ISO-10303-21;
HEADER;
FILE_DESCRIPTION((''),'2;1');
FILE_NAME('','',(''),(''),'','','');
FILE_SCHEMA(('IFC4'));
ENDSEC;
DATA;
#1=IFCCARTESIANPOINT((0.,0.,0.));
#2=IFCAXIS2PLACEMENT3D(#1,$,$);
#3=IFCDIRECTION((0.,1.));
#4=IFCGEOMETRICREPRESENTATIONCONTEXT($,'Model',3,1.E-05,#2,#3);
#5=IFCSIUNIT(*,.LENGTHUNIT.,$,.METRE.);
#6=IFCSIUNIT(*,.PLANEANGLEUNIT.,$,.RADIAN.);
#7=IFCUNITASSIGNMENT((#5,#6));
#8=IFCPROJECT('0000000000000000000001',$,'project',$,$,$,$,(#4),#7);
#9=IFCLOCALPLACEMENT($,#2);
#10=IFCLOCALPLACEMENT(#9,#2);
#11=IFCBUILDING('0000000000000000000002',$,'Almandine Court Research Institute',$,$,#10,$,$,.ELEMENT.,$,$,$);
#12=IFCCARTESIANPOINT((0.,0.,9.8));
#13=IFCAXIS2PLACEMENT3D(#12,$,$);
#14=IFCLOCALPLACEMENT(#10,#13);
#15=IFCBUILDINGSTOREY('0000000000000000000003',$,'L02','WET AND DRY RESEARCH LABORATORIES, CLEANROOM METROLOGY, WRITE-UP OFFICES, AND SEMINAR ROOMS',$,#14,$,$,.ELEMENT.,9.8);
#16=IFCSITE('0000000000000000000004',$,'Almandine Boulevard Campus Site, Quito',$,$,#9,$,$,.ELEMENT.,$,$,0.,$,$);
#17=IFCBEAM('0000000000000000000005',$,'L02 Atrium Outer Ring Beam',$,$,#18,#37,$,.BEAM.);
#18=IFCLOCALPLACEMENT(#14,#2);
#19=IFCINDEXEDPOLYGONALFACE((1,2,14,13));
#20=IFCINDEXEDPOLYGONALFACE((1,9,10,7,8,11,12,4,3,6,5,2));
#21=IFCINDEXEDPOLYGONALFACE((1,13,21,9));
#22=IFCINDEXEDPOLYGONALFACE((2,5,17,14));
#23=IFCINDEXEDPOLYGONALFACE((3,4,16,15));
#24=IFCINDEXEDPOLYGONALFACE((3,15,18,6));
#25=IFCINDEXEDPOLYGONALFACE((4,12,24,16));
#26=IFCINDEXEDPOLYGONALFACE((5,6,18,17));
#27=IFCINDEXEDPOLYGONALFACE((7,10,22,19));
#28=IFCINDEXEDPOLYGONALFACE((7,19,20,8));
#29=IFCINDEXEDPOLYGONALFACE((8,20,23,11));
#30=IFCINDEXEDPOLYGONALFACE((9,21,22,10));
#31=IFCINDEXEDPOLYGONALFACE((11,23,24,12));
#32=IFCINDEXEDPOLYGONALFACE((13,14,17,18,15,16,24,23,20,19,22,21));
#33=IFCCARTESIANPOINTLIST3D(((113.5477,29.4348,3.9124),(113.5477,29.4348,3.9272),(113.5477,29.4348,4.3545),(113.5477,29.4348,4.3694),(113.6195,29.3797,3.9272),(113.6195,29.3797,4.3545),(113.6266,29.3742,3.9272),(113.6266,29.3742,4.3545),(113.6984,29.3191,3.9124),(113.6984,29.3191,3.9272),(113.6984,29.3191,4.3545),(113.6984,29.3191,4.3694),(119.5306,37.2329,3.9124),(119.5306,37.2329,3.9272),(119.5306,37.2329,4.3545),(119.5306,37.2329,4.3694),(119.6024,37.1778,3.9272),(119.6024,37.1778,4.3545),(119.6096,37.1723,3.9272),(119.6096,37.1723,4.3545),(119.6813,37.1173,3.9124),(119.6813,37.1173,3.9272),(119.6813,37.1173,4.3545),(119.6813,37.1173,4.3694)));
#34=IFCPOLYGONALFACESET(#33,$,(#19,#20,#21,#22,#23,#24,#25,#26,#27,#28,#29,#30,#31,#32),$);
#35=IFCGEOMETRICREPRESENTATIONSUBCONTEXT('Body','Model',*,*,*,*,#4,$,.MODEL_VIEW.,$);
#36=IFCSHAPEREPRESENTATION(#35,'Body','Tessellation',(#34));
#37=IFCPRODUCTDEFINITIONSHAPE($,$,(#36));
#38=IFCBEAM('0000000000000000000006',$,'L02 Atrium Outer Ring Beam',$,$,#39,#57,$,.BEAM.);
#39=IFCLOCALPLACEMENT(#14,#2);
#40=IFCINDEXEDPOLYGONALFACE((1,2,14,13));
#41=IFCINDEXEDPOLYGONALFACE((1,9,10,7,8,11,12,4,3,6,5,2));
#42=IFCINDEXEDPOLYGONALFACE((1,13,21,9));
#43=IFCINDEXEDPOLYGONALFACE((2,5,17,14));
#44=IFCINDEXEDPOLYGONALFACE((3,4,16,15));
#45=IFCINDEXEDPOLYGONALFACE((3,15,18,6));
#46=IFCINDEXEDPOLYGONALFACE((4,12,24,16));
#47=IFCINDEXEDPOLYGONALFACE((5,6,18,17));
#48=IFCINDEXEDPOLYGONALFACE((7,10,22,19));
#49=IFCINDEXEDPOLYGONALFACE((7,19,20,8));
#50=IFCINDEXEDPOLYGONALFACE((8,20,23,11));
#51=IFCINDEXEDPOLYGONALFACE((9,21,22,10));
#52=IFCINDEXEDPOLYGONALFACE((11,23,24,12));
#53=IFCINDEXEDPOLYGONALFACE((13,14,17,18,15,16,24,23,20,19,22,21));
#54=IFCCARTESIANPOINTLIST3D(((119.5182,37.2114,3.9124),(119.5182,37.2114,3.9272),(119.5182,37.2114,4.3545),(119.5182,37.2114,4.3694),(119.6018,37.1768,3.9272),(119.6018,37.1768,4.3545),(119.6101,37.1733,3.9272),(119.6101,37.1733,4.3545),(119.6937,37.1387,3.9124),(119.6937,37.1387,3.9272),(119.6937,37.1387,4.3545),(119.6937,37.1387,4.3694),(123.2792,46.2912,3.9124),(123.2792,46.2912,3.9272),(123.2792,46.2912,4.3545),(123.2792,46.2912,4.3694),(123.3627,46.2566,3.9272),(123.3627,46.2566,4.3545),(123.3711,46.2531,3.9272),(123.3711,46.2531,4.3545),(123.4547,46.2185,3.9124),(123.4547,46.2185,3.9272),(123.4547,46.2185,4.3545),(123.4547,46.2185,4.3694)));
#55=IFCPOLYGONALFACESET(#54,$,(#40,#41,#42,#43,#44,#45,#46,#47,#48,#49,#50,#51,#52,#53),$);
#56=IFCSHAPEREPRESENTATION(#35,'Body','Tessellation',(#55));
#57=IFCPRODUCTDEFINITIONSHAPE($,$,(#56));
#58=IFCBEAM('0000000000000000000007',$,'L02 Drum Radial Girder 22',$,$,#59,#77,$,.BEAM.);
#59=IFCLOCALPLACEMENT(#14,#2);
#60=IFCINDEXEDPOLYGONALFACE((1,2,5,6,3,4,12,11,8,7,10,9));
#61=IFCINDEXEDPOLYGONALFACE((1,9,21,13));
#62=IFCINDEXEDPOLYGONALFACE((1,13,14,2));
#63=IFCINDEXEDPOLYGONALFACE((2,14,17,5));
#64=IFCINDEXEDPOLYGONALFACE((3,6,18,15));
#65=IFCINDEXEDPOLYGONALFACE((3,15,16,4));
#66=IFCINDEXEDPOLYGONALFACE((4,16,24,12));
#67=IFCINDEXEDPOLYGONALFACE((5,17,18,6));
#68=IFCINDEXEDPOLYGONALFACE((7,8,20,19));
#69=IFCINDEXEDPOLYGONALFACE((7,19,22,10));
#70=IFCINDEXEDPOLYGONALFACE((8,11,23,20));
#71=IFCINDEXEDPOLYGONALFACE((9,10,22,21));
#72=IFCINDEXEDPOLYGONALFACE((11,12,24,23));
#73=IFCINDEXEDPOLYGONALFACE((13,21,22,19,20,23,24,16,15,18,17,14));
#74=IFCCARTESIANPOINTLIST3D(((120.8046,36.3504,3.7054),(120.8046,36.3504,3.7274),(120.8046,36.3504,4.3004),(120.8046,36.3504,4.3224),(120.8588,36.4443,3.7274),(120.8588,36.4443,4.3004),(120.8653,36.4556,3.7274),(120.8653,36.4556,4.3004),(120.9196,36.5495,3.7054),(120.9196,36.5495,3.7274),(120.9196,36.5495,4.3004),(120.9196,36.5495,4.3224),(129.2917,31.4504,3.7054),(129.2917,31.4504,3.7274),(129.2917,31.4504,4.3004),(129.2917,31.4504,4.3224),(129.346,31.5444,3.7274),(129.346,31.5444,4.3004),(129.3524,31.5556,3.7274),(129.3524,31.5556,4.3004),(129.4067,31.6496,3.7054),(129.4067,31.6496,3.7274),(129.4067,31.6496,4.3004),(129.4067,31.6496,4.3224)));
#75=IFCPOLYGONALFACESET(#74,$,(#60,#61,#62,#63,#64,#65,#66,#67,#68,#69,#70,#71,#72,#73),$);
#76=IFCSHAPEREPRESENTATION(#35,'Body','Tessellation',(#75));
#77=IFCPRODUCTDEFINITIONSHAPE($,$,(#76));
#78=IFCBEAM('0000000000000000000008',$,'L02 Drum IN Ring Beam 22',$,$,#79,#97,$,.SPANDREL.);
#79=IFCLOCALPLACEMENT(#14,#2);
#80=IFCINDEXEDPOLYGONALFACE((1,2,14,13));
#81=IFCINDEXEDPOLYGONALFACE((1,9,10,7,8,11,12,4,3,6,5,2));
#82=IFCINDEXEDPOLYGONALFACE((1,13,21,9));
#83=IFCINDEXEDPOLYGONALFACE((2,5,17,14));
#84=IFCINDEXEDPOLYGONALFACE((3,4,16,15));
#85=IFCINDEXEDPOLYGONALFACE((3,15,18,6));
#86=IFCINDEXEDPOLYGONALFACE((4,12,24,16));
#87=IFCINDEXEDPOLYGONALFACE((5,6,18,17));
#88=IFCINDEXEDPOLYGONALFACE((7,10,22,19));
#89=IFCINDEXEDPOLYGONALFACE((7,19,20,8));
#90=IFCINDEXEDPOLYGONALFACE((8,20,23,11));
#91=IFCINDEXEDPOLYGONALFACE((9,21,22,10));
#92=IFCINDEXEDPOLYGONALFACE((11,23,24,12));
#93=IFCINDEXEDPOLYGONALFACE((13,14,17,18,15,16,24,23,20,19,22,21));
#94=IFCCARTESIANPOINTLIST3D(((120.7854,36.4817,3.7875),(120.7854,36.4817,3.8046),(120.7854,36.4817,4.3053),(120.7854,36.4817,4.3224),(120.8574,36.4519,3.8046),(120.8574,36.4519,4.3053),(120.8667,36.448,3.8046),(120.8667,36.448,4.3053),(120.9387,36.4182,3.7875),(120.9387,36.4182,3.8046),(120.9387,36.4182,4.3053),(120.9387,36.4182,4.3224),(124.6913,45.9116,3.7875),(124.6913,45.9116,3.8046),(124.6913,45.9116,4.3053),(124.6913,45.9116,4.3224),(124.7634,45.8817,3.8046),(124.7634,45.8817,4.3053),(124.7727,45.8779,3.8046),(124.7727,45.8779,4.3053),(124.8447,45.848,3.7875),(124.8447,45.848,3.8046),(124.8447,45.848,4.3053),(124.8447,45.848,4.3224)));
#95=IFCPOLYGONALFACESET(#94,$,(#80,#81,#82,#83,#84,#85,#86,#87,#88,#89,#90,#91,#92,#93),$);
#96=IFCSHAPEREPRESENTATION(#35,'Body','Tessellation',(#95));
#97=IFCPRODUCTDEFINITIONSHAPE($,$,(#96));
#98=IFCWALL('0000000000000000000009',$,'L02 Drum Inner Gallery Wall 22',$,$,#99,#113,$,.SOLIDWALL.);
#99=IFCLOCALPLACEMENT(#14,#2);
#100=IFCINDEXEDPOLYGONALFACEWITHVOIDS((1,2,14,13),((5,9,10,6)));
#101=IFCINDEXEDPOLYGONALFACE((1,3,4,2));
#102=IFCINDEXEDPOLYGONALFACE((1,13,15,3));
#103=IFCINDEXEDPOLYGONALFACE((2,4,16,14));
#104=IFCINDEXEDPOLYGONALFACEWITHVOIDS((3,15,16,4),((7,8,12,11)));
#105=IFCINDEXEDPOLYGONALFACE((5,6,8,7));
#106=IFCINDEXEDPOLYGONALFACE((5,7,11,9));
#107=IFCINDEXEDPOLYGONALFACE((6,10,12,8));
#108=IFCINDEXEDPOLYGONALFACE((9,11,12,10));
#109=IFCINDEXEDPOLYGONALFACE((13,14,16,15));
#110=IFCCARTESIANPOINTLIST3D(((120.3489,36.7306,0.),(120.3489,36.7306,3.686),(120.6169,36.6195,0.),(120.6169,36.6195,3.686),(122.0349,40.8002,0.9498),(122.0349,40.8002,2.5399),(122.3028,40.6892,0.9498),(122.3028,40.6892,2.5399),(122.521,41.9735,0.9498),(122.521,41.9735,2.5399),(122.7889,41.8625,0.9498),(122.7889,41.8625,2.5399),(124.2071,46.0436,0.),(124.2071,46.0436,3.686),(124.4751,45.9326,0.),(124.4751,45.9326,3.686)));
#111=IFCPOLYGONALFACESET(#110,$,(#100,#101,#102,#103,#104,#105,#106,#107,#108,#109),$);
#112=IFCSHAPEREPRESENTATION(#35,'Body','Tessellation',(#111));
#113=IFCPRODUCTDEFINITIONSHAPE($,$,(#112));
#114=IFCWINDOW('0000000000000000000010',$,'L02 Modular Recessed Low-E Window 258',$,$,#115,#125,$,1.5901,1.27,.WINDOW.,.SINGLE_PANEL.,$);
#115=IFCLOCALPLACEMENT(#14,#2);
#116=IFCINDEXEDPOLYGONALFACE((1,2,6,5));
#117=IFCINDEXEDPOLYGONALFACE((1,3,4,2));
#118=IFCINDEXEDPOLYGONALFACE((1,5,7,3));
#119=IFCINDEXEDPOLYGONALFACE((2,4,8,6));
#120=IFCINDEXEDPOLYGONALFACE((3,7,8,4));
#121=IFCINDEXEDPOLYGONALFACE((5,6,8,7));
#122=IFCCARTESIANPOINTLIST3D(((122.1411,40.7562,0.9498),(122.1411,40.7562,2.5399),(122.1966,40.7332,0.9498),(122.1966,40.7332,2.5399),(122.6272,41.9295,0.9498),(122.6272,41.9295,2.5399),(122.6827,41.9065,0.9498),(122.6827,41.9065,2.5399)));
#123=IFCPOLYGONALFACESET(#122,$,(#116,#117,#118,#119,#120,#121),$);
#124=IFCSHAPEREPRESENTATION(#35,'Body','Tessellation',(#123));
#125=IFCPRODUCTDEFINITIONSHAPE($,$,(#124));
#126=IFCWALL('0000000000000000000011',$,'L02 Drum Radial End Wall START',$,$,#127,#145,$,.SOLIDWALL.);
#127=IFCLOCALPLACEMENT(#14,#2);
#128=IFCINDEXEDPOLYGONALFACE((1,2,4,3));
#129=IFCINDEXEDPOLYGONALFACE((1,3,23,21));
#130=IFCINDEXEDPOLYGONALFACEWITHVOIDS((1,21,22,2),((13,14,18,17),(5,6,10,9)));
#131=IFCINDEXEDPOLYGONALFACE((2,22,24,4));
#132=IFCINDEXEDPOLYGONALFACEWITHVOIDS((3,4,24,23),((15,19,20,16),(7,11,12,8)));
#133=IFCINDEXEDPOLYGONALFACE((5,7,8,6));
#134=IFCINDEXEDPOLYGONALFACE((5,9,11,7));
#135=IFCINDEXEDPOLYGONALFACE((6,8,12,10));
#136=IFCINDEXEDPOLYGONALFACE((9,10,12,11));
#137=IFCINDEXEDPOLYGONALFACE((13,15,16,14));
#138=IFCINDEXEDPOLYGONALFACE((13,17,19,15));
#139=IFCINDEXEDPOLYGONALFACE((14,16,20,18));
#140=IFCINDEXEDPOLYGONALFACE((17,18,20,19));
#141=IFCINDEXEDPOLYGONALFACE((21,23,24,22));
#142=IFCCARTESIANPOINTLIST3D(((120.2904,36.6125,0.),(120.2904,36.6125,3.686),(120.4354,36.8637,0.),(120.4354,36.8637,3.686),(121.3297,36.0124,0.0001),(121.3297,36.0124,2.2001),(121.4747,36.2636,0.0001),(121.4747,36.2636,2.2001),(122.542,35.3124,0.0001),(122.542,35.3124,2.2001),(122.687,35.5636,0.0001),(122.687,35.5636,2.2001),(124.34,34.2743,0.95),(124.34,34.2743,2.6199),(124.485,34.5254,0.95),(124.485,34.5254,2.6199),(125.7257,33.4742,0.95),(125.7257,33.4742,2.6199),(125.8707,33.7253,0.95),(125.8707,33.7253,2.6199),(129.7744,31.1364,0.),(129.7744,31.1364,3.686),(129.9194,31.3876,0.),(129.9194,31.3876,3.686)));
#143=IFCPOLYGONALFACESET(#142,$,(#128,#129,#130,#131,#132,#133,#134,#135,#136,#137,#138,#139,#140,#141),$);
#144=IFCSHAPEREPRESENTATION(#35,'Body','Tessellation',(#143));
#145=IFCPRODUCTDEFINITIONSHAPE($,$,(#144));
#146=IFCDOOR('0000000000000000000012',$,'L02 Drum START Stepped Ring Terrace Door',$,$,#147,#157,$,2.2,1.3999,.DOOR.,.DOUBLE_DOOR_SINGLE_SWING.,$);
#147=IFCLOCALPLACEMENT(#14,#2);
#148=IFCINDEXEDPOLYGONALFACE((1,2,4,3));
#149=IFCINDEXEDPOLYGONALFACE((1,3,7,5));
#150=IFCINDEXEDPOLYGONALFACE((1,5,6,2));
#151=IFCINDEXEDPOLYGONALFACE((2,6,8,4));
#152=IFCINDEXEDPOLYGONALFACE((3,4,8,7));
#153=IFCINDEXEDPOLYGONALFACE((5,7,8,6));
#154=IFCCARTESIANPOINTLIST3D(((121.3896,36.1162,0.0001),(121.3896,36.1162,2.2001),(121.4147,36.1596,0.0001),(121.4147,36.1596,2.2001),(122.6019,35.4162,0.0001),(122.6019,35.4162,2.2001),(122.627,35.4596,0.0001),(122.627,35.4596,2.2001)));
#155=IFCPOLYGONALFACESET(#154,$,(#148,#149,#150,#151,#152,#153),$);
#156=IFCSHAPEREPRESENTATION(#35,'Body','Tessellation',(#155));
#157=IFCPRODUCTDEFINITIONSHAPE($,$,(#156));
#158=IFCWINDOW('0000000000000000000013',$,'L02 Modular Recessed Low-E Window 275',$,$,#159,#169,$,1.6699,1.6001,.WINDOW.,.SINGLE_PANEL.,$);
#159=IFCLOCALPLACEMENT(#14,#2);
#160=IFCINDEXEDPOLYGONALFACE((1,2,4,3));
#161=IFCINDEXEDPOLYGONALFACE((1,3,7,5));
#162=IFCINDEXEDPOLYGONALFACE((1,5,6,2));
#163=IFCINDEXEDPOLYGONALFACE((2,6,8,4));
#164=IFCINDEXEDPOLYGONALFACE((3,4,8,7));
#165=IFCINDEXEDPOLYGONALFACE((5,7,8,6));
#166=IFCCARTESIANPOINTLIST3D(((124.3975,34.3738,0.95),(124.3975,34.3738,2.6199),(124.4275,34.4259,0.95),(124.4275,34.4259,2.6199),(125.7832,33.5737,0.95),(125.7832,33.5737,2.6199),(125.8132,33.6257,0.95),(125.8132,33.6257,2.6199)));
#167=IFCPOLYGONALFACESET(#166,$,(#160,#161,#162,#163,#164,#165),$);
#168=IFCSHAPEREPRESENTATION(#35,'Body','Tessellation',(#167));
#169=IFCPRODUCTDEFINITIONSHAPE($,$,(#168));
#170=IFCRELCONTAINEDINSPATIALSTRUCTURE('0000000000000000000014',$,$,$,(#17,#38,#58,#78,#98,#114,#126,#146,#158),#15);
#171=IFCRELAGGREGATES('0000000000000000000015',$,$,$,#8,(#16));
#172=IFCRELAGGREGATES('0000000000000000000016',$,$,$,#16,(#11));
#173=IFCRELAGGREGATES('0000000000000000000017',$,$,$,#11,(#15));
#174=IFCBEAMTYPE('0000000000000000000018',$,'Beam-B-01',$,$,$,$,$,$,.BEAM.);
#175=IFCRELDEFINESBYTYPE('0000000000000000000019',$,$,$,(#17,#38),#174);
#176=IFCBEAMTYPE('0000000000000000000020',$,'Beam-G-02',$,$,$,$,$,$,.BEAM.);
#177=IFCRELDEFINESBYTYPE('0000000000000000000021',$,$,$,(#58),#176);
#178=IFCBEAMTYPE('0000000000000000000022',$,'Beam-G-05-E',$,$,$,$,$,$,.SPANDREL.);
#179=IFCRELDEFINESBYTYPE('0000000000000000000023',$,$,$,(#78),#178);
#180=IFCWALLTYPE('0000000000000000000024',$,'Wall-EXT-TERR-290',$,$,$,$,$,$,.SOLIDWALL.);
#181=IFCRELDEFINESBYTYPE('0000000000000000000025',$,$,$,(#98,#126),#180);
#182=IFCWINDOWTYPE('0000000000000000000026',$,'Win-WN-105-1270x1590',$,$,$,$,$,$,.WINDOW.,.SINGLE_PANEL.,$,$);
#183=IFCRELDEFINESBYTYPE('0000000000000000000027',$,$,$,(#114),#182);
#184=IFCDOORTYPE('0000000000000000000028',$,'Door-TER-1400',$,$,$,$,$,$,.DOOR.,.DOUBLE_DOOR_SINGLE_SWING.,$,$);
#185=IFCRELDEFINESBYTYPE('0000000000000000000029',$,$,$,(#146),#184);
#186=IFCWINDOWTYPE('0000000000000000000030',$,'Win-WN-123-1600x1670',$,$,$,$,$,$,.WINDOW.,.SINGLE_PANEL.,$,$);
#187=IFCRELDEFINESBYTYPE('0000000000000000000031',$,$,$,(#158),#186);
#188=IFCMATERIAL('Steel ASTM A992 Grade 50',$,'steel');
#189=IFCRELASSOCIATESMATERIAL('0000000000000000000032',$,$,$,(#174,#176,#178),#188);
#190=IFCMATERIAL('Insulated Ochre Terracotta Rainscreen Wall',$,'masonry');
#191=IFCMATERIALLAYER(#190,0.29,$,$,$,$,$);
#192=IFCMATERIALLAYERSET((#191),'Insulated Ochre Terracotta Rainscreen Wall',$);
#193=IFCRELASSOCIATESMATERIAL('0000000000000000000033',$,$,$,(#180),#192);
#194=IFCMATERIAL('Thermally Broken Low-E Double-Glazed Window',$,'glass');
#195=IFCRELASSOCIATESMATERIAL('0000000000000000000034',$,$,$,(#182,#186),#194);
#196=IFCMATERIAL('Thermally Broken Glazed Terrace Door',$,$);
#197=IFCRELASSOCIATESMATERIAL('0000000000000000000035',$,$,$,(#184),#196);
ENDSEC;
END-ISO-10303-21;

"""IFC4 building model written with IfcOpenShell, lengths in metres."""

from ifc_helpers import new_model, si_unit, direction, frame, frame_2d, origin, origin_2d, place, context, subcontext, project, spatial, rectangle, i_section, extrude, material, layer, layer_set, material_profile, profile_set, type_object, element, fill, save


model = new_model("IFC4")

# Units and contexts
model_context = context("Model", 3, precision=1e-05, world=origin(), true_north=direction((0.0, 1.0)))
body_context = subcontext(model_context, "Body", "Model", "MODEL_VIEW")
ifc_project = project(units=[si_unit("LENGTHUNIT", "METRE"), si_unit("PLANEANGLEUNIT", "RADIAN")], contexts=[model_context])

# Site, building, storey
site_placement = place(None, origin())
site = spatial("IfcSite", under=ifc_project, at=site_placement, Name="Almandine Boulevard Campus Site, Quito", CompositionType="ELEMENT", RefElevation=0.0)
building_placement = place(site_placement, origin())
building = spatial("IfcBuilding", under=site, at=building_placement, Name="Almandine Court Research Institute", CompositionType="ELEMENT")
storey_placement = place(building_placement, frame((0.0, 0.0, 9.8)))
storey = spatial("IfcBuildingStorey", under=building, at=storey_placement, Name="L02", Description="WET AND DRY RESEARCH LABORATORIES, CLEANROOM METROLOGY, WRITE-UP OFFICES, AND SEMINAR ROOMS", CompositionType="ELEMENT", Elevation=9.8)

# Shared definitions
ifc_material_1 = material(Name="Steel ASTM A992 Grade 50", Category="steel")

# Beams
ifc_material_profile_1 = material_profile(ifc_material_1, i_section(OverallWidth=0.1899, OverallDepth=0.457, WebThickness=0.009, FlangeThickness=0.0149, at=origin_2d()), Name="W460x74")
ifc_profile_set_1 = profile_set([ifc_material_profile_1], Name="Steel ASTM A992 Grade 50")
beam_type_1 = type_object("IfcBeamType", Name="Beam-B-01", PredefinedType="BEAM", material=ifc_profile_set_1)
for number, where, z_axis, x_axis, name in (
    (1, (113.623, 29.377, 4.1409), (0.608712, 0.793392, 0.0), (-0.793392, 0.608712, 0.0), "L02 Atrium Outer Ring Beam"),
):
    element("IfcBeam", number, at=place(storey_placement, frame(where, z_axis=z_axis, x_axis=x_axis)), inside=storey, type_object=beam_type_1, Name=name, PredefinedType="BEAM", context=body_context, shape_type="SweptSolid", body=[
        extrude(i_section(OverallWidth=0.1899, OverallDepth=0.457, WebThickness=0.009, FlangeThickness=0.0149, at=origin_2d()), origin(), (0.0, 0.0, 1.0), 9.8289),
    ])
beam_1_placement = place(storey_placement, frame((119.606, 37.175, 4.1409), z_axis=(0.382683, 0.92388, 0.0), x_axis=(-0.92388, 0.382683, 0.0)))
element("IfcBeam", 2, at=beam_1_placement, inside=storey, type_object=beam_type_1, Name="L02 Atrium Outer Ring Beam", PredefinedType="BEAM", context=body_context, shape_type="SweptSolid", body=[
    extrude(i_section(OverallWidth=0.1899, OverallDepth=0.457, WebThickness=0.009, FlangeThickness=0.0149, at=origin_2d()), origin(), (0.0, 0.0, 1.0), 9.8279),
])
ifc_material_profile_2 = material_profile(ifc_material_1, i_section(OverallWidth=0.23, OverallDepth=0.6169, WebThickness=0.0129, FlangeThickness=0.022, at=origin_2d()), Name="W610x140")
ifc_profile_set_2 = profile_set([ifc_material_profile_2], Name="Steel ASTM A992 Grade 50")
beam_type_2 = type_object("IfcBeamType", Name="Beam-G-02", PredefinedType="BEAM", material=ifc_profile_set_2)
beam_2_placement = place(storey_placement, frame((120.8621, 36.45, 4.0139), z_axis=(0.86603, -0.499992, 0.0), x_axis=(0.499992, 0.86603, 0.0)))
element("IfcBeam", 3, at=beam_2_placement, inside=storey, type_object=beam_type_2, Name="L02 Drum Radial Girder 22", PredefinedType="BEAM", context=body_context, shape_type="SweptSolid", body=[
    extrude(i_section(OverallWidth=0.23, OverallDepth=0.6169, WebThickness=0.0129, FlangeThickness=0.022, at=origin_2d()), origin(), (0.0, 0.0, 1.0), 9.8),
])
ifc_material_profile_3 = material_profile(ifc_material_1, i_section(OverallWidth=0.166, OverallDepth=0.5349, WebThickness=0.01, FlangeThickness=0.0171, at=origin_2d()), Name="W530x85")
ifc_profile_set_3 = profile_set([ifc_material_profile_3], Name="Steel ASTM A992 Grade 50")
beam_type_3 = type_object("IfcBeamType", Name="Beam-G-05-E", PredefinedType="SPANDREL", material=ifc_profile_set_3)
beam_3_placement = place(storey_placement, frame((120.8621, 36.45, 4.0549), z_axis=(0.382683, 0.92388, 0.0), x_axis=(-0.92388, 0.382683, 0.0)))
element("IfcBeam", 4, at=beam_3_placement, inside=storey, type_object=beam_type_3, Name="L02 Drum IN Ring Beam 22", PredefinedType="SPANDREL", context=body_context, shape_type="SweptSolid", body=[
    extrude(i_section(OverallWidth=0.166, OverallDepth=0.5349, WebThickness=0.01, FlangeThickness=0.0171, at=origin_2d()), origin(), (0.0, 0.0, 1.0), 10.2068),
])

# Wall, opening, window
ifc_material_2 = material(Name="Insulated Ochre Terracotta Rainscreen Wall", Category="masonry")
ifc_layer = layer(ifc_material_2, 0.29)
ifc_layer_set = layer_set([ifc_layer], Name="Insulated Ochre Terracotta Rainscreen Wall")
wall_type = type_object("IfcWallType", Name="Wall-EXT-TERR-290", PredefinedType="SOLIDWALL", material=ifc_layer_set)
wall_1_placement = place(storey_placement, frame((120.4829, 36.675, 0.0), z_axis=(0.0, 0.0, 1.0), x_axis=(0.382733, 0.923859, 0.0)))
wall_1 = element("IfcWall", 5, at=wall_1_placement, inside=storey, type_object=wall_type, Name="L02 Drum Inner Gallery Wall 22", PredefinedType="SOLIDWALL", context=body_context, shape_type="SweptSolid", body=[
    extrude(rectangle(XDim=10.0806, YDim=0.29, at=frame_2d((5.0403, 0.0))), origin(), (0.0, 0.0, 1.0), 3.686),
])
opening_1_placement = place(wall_1_placement, frame((4.405, 0.0, 0.95)))
opening_1 = element("IfcOpeningElement", 6, at=opening_1_placement, cuts=wall_1, PredefinedType="OPENING", context=body_context, shape_type="SweptSolid", body=[
    extrude(rectangle(XDim=1.27, YDim=1.5901, at=frame_2d((0.635, 0.7949))), frame((0.0, 0.155, 0.0), z_axis=(0.0, -1.0, 0.0), x_axis=(1.0, 0.0, 0.0)), (0.0, 0.0, 1.0), 0.3101),
])
ifc_material_3 = material(Name="Thermally Broken Low-E Double-Glazed Window", Category="glass")
window_type_1 = type_object("IfcWindowType", Name="Win-WN-105-1270x1590", PartitioningType="SINGLE_PANEL", PredefinedType="WINDOW", material=ifc_material_3)
window_1_placement = place(opening_1_placement, origin())
window_1 = element("IfcWindow", 7, at=window_1_placement, inside=storey, type_object=window_type_1, Name="L02 Modular Recessed Low-E Window 258", OverallHeight=1.5901, OverallWidth=1.27, PartitioningType="SINGLE_PANEL", PredefinedType="WINDOW", context=body_context, shape_type="SweptSolid", body=[
    extrude(rectangle(XDim=1.27, YDim=1.5901, at=frame_2d((0.635, 0.7949))), frame((0.0, 0.03, 0.0), z_axis=(0.0, -1.0, 0.0), x_axis=(1.0, 0.0, 0.0)), (0.0, 0.0, 1.0), 0.0601),
])
fill(opening_1, window_1)

# Wall, openings, door, window
wall_2_placement = place(storey_placement, frame((120.363, 36.738, 0.0), z_axis=(0.0, 0.0, 1.0), x_axis=(0.866004, -0.500038, 0.0)))
wall_2 = element("IfcWall", 8, at=wall_2_placement, inside=storey, type_object=wall_type, Name="L02 Drum Radial End Wall START", PredefinedType="SOLIDWALL", context=body_context, shape_type="SweptSolid", body=[
    extrude(rectangle(XDim=10.9514, YDim=0.29, at=frame_2d((5.4756, 0.0))), origin(), (0.0, 0.0, 1.0), 3.686),
])
opening_2_placement = place(wall_2_placement, frame((1.2, 0.0, 0.0)))
opening_2 = element("IfcOpeningElement", 9, at=opening_2_placement, cuts=wall_2, PredefinedType="OPENING", context=body_context, shape_type="SweptSolid", body=[
    extrude(rectangle(XDim=1.3999, YDim=2.2, at=frame_2d((0.7, 1.1001))), frame((0.0, 0.155, 0.0), z_axis=(0.0, -1.0, 0.0), x_axis=(1.0, 0.0, 0.0)), (0.0, 0.0, 1.0), 0.3101),
])
opening_3_placement = place(wall_2_placement, frame((4.676, 0.0, 0.95)))
opening_3 = element("IfcOpeningElement", 10, at=opening_3_placement, cuts=wall_2, PredefinedType="OPENING", context=body_context, shape_type="SweptSolid", body=[
    extrude(rectangle(XDim=1.6001, YDim=1.6699, at=frame_2d((0.8, 0.835))), frame((0.0, 0.155, 0.0), z_axis=(0.0, -1.0, 0.0), x_axis=(1.0, 0.0, 0.0)), (0.0, 0.0, 1.0), 0.3101),
])
ifc_material_4 = material(Name="Thermally Broken Glazed Terrace Door")
door_type = type_object("IfcDoorType", Name="Door-TER-1400", OperationType="DOUBLE_DOOR_SINGLE_SWING", PredefinedType="DOOR", material=ifc_material_4)
door_placement = place(opening_2_placement, origin())
door = element("IfcDoor", 11, at=door_placement, inside=storey, type_object=door_type, Name="L02 Drum START Stepped Ring Terrace Door", OperationType="DOUBLE_DOOR_SINGLE_SWING", OverallHeight=2.2, OverallWidth=1.3999, PredefinedType="DOOR", context=body_context, shape_type="SweptSolid", body=[
    extrude(rectangle(XDim=1.3999, YDim=2.2, at=frame_2d((0.7, 1.1001))), frame((0.0, 0.0249, 0.0), z_axis=(0.0, -1.0, 0.0), x_axis=(1.0, 0.0, 0.0)), (0.0, 0.0, 1.0), 0.05),
])
fill(opening_2, door)
window_type_2 = type_object("IfcWindowType", Name="Win-WN-123-1600x1670", PartitioningType="SINGLE_PANEL", PredefinedType="WINDOW", material=ifc_material_3)
window_2_placement = place(opening_3_placement, origin())
window_2 = element("IfcWindow", 12, at=window_2_placement, inside=storey, type_object=window_type_2, Name="L02 Modular Recessed Low-E Window 275", OverallHeight=1.6699, OverallWidth=1.6001, PartitioningType="SINGLE_PANEL", PredefinedType="WINDOW", context=body_context, shape_type="SweptSolid", body=[
    extrude(rectangle(XDim=1.6001, YDim=1.6699, at=frame_2d((0.8, 0.835))), frame((0.0, 0.03, 0.0), z_axis=(0.0, -1.0, 0.0), x_axis=(1.0, 0.0, 0.0)), (0.0, 0.0, 1.0), 0.0601),
])
fill(opening_3, window_2)

save(model, "model.ifc")
